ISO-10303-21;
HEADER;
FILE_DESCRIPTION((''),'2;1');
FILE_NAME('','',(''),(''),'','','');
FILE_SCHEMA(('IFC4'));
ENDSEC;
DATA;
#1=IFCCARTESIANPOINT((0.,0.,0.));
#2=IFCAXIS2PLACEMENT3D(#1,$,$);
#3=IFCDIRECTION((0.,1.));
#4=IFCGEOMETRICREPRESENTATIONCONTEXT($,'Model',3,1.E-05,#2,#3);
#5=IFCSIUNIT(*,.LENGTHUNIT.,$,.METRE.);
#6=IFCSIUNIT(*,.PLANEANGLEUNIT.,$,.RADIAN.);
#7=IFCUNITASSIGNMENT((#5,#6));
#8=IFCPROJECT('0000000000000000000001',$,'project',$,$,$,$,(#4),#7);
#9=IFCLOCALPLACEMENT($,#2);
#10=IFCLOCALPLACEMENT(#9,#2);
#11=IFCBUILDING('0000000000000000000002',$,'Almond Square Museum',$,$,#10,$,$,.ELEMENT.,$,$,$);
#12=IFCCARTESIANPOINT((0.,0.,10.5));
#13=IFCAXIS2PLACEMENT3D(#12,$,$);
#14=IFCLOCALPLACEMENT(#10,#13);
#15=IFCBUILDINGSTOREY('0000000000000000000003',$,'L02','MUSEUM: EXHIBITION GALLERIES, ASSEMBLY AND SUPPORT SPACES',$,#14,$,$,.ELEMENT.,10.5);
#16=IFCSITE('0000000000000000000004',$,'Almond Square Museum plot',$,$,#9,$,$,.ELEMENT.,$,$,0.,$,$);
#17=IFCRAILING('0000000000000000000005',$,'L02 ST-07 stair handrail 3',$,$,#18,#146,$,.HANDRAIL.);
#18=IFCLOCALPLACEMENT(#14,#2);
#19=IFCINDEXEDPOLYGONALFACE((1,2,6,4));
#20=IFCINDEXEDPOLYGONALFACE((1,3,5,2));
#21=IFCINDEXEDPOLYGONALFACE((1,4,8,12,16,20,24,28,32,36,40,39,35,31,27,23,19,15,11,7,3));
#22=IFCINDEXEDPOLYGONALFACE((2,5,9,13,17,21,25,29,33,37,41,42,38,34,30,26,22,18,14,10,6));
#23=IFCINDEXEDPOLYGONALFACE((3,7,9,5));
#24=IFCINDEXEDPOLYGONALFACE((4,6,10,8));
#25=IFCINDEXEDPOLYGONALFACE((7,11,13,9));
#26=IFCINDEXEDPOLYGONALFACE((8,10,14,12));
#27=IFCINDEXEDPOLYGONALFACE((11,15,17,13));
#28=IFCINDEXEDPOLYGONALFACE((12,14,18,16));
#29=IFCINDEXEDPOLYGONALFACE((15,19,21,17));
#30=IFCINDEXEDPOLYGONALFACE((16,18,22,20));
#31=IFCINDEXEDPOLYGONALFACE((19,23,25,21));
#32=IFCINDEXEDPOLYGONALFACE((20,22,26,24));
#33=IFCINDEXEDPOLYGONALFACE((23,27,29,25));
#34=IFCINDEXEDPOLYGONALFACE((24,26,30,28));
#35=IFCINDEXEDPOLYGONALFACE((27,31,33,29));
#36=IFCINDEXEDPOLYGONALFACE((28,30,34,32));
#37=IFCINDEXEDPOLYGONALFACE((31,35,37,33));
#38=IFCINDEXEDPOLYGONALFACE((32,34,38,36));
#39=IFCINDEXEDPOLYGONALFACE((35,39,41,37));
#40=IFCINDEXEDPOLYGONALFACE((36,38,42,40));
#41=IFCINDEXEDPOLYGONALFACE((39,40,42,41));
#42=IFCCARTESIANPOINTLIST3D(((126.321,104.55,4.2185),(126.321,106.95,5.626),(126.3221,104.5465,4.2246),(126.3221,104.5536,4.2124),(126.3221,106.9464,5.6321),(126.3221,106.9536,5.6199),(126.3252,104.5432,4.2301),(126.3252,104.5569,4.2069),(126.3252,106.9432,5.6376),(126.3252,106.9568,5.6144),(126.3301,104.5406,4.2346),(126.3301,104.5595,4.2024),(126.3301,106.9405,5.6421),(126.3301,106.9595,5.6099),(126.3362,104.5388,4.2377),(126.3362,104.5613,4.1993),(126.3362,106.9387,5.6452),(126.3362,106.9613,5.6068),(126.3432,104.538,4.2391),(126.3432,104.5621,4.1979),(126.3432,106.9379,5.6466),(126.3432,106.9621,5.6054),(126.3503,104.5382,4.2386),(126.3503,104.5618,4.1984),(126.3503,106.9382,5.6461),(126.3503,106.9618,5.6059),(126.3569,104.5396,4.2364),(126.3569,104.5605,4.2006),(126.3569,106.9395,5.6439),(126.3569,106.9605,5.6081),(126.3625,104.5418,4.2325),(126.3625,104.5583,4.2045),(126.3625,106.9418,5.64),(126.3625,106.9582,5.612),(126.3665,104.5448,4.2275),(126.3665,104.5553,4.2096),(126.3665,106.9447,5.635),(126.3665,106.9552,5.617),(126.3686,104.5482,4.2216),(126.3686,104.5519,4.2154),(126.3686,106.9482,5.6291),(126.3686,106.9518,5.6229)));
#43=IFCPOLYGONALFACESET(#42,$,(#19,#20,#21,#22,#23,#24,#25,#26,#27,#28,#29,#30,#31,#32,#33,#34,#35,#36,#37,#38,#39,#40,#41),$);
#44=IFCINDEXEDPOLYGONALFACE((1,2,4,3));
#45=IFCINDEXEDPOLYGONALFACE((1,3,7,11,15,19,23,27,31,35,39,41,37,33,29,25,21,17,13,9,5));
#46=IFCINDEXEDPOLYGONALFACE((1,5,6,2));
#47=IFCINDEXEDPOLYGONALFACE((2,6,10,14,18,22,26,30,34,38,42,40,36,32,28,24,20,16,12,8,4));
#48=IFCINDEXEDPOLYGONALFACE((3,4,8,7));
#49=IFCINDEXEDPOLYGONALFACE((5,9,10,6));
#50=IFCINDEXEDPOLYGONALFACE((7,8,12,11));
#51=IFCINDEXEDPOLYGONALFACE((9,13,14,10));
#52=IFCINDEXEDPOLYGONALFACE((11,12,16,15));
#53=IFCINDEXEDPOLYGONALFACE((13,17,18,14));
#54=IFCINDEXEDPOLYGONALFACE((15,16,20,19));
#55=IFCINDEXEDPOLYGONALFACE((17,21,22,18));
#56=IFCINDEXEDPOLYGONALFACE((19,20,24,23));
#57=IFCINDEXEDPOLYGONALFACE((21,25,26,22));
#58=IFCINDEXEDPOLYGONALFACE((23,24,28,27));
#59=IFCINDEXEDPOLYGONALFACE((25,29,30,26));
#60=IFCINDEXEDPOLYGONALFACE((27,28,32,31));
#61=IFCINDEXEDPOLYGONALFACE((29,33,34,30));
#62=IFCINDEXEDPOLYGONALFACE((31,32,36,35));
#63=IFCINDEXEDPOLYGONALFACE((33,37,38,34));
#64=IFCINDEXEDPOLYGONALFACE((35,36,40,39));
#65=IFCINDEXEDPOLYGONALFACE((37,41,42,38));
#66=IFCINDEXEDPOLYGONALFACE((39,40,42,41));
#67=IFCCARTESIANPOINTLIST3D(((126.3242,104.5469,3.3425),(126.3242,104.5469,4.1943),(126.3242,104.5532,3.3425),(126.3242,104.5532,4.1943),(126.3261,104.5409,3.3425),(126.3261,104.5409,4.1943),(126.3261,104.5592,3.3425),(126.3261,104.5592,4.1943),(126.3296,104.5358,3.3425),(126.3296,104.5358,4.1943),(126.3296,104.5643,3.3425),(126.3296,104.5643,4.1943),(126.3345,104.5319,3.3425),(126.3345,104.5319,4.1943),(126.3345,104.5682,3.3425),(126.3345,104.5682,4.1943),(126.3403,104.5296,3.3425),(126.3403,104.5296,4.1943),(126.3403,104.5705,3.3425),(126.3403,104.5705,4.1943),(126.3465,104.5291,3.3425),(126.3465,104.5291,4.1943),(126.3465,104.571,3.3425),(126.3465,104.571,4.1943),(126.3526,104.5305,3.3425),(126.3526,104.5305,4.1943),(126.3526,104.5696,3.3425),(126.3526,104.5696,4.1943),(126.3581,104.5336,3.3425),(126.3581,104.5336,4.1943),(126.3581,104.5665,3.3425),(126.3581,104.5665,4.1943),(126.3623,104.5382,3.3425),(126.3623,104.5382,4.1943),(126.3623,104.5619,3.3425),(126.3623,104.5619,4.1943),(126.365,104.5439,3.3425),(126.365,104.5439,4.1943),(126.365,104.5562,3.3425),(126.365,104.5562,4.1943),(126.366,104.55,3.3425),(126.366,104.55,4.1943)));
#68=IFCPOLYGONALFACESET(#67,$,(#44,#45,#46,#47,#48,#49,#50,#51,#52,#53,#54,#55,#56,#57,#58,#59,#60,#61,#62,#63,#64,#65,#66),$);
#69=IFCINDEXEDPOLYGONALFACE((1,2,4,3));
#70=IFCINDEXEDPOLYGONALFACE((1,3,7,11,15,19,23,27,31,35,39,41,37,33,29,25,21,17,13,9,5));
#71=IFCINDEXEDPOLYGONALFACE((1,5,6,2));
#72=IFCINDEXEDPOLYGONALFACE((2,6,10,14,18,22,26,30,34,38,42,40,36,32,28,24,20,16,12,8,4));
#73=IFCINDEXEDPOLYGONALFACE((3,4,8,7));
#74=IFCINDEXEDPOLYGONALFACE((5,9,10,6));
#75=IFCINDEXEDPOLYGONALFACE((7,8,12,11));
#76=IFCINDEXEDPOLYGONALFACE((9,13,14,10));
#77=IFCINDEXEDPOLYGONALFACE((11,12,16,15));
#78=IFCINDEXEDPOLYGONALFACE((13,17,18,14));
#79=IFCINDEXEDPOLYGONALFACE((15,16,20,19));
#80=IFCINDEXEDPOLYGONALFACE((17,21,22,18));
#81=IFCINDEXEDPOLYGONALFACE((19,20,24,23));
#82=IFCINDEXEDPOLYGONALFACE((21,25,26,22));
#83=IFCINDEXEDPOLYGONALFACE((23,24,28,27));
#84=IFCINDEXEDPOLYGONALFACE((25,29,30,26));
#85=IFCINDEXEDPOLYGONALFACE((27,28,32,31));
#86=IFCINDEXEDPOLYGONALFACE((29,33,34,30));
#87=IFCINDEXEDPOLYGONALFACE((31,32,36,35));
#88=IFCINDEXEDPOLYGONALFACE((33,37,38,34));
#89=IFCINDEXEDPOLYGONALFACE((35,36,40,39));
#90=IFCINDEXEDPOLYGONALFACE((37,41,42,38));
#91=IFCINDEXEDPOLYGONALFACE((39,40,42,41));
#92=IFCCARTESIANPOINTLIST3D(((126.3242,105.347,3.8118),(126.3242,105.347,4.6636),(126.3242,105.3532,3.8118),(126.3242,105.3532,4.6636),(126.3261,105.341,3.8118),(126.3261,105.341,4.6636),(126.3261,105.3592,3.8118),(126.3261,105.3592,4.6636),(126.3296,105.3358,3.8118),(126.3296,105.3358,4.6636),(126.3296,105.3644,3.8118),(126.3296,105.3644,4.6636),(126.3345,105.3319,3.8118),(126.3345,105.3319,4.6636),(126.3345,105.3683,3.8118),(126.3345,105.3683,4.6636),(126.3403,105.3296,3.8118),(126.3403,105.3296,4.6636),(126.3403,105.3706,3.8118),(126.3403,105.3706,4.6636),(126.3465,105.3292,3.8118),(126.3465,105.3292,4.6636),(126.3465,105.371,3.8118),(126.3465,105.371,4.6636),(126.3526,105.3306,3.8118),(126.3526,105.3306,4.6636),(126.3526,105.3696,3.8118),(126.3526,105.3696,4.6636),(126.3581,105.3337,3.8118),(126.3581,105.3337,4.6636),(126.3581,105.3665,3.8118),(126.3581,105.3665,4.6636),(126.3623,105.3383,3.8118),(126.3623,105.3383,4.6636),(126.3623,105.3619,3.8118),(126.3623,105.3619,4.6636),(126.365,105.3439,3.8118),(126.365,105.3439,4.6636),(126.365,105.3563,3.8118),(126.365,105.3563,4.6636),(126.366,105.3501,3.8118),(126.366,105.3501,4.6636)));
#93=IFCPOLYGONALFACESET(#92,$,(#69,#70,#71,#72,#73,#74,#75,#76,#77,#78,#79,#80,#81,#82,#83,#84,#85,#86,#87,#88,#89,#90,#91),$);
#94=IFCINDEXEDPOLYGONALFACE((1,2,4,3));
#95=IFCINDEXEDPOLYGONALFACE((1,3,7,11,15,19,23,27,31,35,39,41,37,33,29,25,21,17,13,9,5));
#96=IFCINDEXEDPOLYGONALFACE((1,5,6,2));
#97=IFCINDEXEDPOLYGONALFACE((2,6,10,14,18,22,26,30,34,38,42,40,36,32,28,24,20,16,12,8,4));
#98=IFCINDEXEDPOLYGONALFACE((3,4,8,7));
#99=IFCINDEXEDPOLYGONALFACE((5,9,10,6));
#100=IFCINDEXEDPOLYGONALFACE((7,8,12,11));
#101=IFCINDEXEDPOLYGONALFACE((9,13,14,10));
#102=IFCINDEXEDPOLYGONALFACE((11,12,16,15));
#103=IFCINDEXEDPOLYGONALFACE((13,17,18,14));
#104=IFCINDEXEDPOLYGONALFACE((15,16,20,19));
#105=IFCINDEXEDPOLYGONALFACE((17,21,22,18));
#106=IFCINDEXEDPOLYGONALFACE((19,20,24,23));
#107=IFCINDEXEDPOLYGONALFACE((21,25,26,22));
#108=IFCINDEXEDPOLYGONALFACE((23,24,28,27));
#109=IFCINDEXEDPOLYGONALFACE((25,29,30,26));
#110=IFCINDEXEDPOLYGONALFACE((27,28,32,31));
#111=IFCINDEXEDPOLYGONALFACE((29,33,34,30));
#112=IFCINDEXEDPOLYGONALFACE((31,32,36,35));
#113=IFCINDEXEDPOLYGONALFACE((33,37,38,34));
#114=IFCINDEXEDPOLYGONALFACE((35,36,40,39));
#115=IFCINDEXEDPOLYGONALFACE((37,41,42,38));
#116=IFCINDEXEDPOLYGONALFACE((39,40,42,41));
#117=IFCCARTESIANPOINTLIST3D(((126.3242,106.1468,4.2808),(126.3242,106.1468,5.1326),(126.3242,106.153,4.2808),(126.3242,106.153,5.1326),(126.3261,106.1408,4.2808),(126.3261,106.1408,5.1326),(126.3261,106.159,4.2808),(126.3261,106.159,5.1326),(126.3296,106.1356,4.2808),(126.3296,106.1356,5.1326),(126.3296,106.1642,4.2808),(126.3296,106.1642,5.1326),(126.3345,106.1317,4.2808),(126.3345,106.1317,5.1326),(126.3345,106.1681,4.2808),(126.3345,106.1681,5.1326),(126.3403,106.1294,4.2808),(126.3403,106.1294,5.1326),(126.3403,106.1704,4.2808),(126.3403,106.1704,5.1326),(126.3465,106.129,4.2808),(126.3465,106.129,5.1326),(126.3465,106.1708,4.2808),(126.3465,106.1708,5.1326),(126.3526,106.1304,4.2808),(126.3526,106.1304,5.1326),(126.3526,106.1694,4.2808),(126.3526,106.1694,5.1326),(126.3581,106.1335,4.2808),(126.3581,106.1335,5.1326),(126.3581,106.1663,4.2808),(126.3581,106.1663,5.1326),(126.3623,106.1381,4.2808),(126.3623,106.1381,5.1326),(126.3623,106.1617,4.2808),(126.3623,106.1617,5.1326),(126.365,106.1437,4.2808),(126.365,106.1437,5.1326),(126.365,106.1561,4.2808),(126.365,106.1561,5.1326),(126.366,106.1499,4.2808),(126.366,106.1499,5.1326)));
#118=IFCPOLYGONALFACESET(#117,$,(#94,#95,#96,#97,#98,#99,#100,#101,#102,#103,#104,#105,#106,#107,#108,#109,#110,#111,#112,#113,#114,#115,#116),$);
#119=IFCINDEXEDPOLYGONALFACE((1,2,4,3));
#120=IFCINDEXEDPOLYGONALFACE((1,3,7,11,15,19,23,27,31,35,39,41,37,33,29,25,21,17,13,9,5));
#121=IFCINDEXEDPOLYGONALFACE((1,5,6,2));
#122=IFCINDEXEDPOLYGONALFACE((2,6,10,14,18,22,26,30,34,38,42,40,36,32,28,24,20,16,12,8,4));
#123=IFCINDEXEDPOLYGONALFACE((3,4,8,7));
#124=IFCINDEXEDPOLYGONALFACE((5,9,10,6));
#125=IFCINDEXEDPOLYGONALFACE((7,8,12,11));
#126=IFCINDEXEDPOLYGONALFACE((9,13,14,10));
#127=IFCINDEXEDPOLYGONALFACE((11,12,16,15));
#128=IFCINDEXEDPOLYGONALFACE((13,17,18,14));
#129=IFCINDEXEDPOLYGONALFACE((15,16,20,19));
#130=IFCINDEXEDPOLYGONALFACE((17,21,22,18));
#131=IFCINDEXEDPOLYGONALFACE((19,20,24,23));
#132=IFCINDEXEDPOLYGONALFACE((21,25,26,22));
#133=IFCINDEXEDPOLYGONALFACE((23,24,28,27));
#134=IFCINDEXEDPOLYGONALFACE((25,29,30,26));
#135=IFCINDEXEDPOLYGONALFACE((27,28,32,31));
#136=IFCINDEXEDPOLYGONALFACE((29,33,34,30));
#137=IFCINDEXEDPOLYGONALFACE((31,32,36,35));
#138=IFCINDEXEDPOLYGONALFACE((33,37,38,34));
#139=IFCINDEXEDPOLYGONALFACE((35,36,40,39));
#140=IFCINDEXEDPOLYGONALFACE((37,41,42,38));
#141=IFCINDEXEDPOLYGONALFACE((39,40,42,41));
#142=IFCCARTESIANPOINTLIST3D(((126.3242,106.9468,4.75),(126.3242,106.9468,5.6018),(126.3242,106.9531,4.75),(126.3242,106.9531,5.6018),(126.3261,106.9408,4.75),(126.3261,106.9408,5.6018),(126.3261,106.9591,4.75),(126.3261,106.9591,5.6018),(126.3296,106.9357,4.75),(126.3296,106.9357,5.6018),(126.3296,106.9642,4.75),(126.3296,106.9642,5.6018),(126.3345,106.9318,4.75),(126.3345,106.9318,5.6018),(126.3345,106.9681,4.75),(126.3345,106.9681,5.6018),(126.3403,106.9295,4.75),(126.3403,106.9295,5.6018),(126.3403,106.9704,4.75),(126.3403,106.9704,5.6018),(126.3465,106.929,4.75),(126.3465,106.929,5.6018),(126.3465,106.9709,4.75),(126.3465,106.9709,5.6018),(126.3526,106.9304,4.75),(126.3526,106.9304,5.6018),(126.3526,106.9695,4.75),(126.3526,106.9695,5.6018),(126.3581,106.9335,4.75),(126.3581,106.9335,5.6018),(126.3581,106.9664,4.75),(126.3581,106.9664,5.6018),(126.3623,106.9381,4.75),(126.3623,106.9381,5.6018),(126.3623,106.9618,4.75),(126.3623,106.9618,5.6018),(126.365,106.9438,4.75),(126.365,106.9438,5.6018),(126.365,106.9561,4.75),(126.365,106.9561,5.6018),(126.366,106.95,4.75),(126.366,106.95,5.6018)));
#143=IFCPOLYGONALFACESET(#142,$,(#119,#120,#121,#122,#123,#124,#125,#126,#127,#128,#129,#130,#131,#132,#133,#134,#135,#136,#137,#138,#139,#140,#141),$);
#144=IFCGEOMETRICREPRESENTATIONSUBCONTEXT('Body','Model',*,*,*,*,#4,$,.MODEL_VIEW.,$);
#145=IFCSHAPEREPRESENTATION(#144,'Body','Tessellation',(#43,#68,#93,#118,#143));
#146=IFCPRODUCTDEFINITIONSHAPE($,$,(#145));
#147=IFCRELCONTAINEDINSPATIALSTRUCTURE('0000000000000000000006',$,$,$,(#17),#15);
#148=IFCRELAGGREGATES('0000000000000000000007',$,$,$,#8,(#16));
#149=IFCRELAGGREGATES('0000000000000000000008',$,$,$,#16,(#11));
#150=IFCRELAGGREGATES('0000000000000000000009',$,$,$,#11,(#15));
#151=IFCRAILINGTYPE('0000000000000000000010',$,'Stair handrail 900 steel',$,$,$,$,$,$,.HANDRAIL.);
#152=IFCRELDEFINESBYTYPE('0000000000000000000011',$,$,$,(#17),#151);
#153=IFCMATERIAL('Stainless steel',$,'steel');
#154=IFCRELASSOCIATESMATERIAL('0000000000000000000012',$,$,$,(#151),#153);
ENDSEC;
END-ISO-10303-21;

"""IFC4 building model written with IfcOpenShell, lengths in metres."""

from ifc_helpers import new_model, si_unit, direction, frame, origin, origin_2d, place, context, subcontext, project, spatial, circle, extrude, material, type_object, element, save


model = new_model("IFC4")

# Units and contexts
model_context = context("Model", 3, precision=1e-05, world=origin(), true_north=direction((0.0, 1.0)))
body_context = subcontext(model_context, "Body", "Model", "MODEL_VIEW")
ifc_project = project(units=[si_unit("LENGTHUNIT", "METRE"), si_unit("PLANEANGLEUNIT", "RADIAN")], contexts=[model_context])

# Site, building, storey
site_placement = place(None, origin())
site = spatial("IfcSite", under=ifc_project, at=site_placement, Name="Almond Square Museum plot", CompositionType="ELEMENT", RefElevation=0.0)
building_placement = place(site_placement, origin())
building = spatial("IfcBuilding", under=site, at=building_placement, Name="Almond Square Museum", CompositionType="ELEMENT")
storey_placement = place(building_placement, frame((0.0, 0.0, 10.5)))
storey = spatial("IfcBuildingStorey", under=building, at=storey_placement, Name="L02", Description="MUSEUM: EXHIBITION GALLERIES, ASSEMBLY AND SUPPORT SPACES", CompositionType="ELEMENT", Elevation=10.5)

# Railing
ifc_material_1 = material(Name="Stainless steel", Category="steel")
railing_type_1 = type_object("IfcRailingType", Name="Stair handrail 900 steel", PredefinedType="HANDRAIL", material=ifc_material_1)
for number, where, name in (
    (1, (126.345, 104.55, 3.3425), "L02 ST-07 stair handrail 3"),
):
    element("IfcRailing", number, at=place(storey_placement, frame(where)), inside=storey, type_object=railing_type_1, Name=name, PredefinedType="HANDRAIL", context=body_context, shape_type="SweptSolid", body=[
        extrude(circle(Radius=0.0239, at=origin_2d()), frame((0.0, 0.0, 0.876), z_axis=(0.0, 0.862599, 0.505888), x_axis=(-1.0, 0.0, 0.0)), (0.0, 0.0, 1.0), 2.7822),
        extrude(circle(Radius=0.021, at=origin_2d()), origin(), (0.0, 0.0, 1.0), 0.8518),
        extrude(circle(Radius=0.021, at=origin_2d()), frame((0.0, 0.8, 0.4692)), (0.0, 0.0, 1.0), 0.8518),
        extrude(circle(Radius=0.021, at=origin_2d()), frame((0.0, 1.5999, 0.9382)), (0.0, 0.0, 1.0), 0.8518),
        extrude(circle(Radius=0.021, at=origin_2d()), frame((0.0, 2.3999, 1.4075)), (0.0, 0.0, 1.0), 0.8518),
    ])

save(model, "model.ifc")
